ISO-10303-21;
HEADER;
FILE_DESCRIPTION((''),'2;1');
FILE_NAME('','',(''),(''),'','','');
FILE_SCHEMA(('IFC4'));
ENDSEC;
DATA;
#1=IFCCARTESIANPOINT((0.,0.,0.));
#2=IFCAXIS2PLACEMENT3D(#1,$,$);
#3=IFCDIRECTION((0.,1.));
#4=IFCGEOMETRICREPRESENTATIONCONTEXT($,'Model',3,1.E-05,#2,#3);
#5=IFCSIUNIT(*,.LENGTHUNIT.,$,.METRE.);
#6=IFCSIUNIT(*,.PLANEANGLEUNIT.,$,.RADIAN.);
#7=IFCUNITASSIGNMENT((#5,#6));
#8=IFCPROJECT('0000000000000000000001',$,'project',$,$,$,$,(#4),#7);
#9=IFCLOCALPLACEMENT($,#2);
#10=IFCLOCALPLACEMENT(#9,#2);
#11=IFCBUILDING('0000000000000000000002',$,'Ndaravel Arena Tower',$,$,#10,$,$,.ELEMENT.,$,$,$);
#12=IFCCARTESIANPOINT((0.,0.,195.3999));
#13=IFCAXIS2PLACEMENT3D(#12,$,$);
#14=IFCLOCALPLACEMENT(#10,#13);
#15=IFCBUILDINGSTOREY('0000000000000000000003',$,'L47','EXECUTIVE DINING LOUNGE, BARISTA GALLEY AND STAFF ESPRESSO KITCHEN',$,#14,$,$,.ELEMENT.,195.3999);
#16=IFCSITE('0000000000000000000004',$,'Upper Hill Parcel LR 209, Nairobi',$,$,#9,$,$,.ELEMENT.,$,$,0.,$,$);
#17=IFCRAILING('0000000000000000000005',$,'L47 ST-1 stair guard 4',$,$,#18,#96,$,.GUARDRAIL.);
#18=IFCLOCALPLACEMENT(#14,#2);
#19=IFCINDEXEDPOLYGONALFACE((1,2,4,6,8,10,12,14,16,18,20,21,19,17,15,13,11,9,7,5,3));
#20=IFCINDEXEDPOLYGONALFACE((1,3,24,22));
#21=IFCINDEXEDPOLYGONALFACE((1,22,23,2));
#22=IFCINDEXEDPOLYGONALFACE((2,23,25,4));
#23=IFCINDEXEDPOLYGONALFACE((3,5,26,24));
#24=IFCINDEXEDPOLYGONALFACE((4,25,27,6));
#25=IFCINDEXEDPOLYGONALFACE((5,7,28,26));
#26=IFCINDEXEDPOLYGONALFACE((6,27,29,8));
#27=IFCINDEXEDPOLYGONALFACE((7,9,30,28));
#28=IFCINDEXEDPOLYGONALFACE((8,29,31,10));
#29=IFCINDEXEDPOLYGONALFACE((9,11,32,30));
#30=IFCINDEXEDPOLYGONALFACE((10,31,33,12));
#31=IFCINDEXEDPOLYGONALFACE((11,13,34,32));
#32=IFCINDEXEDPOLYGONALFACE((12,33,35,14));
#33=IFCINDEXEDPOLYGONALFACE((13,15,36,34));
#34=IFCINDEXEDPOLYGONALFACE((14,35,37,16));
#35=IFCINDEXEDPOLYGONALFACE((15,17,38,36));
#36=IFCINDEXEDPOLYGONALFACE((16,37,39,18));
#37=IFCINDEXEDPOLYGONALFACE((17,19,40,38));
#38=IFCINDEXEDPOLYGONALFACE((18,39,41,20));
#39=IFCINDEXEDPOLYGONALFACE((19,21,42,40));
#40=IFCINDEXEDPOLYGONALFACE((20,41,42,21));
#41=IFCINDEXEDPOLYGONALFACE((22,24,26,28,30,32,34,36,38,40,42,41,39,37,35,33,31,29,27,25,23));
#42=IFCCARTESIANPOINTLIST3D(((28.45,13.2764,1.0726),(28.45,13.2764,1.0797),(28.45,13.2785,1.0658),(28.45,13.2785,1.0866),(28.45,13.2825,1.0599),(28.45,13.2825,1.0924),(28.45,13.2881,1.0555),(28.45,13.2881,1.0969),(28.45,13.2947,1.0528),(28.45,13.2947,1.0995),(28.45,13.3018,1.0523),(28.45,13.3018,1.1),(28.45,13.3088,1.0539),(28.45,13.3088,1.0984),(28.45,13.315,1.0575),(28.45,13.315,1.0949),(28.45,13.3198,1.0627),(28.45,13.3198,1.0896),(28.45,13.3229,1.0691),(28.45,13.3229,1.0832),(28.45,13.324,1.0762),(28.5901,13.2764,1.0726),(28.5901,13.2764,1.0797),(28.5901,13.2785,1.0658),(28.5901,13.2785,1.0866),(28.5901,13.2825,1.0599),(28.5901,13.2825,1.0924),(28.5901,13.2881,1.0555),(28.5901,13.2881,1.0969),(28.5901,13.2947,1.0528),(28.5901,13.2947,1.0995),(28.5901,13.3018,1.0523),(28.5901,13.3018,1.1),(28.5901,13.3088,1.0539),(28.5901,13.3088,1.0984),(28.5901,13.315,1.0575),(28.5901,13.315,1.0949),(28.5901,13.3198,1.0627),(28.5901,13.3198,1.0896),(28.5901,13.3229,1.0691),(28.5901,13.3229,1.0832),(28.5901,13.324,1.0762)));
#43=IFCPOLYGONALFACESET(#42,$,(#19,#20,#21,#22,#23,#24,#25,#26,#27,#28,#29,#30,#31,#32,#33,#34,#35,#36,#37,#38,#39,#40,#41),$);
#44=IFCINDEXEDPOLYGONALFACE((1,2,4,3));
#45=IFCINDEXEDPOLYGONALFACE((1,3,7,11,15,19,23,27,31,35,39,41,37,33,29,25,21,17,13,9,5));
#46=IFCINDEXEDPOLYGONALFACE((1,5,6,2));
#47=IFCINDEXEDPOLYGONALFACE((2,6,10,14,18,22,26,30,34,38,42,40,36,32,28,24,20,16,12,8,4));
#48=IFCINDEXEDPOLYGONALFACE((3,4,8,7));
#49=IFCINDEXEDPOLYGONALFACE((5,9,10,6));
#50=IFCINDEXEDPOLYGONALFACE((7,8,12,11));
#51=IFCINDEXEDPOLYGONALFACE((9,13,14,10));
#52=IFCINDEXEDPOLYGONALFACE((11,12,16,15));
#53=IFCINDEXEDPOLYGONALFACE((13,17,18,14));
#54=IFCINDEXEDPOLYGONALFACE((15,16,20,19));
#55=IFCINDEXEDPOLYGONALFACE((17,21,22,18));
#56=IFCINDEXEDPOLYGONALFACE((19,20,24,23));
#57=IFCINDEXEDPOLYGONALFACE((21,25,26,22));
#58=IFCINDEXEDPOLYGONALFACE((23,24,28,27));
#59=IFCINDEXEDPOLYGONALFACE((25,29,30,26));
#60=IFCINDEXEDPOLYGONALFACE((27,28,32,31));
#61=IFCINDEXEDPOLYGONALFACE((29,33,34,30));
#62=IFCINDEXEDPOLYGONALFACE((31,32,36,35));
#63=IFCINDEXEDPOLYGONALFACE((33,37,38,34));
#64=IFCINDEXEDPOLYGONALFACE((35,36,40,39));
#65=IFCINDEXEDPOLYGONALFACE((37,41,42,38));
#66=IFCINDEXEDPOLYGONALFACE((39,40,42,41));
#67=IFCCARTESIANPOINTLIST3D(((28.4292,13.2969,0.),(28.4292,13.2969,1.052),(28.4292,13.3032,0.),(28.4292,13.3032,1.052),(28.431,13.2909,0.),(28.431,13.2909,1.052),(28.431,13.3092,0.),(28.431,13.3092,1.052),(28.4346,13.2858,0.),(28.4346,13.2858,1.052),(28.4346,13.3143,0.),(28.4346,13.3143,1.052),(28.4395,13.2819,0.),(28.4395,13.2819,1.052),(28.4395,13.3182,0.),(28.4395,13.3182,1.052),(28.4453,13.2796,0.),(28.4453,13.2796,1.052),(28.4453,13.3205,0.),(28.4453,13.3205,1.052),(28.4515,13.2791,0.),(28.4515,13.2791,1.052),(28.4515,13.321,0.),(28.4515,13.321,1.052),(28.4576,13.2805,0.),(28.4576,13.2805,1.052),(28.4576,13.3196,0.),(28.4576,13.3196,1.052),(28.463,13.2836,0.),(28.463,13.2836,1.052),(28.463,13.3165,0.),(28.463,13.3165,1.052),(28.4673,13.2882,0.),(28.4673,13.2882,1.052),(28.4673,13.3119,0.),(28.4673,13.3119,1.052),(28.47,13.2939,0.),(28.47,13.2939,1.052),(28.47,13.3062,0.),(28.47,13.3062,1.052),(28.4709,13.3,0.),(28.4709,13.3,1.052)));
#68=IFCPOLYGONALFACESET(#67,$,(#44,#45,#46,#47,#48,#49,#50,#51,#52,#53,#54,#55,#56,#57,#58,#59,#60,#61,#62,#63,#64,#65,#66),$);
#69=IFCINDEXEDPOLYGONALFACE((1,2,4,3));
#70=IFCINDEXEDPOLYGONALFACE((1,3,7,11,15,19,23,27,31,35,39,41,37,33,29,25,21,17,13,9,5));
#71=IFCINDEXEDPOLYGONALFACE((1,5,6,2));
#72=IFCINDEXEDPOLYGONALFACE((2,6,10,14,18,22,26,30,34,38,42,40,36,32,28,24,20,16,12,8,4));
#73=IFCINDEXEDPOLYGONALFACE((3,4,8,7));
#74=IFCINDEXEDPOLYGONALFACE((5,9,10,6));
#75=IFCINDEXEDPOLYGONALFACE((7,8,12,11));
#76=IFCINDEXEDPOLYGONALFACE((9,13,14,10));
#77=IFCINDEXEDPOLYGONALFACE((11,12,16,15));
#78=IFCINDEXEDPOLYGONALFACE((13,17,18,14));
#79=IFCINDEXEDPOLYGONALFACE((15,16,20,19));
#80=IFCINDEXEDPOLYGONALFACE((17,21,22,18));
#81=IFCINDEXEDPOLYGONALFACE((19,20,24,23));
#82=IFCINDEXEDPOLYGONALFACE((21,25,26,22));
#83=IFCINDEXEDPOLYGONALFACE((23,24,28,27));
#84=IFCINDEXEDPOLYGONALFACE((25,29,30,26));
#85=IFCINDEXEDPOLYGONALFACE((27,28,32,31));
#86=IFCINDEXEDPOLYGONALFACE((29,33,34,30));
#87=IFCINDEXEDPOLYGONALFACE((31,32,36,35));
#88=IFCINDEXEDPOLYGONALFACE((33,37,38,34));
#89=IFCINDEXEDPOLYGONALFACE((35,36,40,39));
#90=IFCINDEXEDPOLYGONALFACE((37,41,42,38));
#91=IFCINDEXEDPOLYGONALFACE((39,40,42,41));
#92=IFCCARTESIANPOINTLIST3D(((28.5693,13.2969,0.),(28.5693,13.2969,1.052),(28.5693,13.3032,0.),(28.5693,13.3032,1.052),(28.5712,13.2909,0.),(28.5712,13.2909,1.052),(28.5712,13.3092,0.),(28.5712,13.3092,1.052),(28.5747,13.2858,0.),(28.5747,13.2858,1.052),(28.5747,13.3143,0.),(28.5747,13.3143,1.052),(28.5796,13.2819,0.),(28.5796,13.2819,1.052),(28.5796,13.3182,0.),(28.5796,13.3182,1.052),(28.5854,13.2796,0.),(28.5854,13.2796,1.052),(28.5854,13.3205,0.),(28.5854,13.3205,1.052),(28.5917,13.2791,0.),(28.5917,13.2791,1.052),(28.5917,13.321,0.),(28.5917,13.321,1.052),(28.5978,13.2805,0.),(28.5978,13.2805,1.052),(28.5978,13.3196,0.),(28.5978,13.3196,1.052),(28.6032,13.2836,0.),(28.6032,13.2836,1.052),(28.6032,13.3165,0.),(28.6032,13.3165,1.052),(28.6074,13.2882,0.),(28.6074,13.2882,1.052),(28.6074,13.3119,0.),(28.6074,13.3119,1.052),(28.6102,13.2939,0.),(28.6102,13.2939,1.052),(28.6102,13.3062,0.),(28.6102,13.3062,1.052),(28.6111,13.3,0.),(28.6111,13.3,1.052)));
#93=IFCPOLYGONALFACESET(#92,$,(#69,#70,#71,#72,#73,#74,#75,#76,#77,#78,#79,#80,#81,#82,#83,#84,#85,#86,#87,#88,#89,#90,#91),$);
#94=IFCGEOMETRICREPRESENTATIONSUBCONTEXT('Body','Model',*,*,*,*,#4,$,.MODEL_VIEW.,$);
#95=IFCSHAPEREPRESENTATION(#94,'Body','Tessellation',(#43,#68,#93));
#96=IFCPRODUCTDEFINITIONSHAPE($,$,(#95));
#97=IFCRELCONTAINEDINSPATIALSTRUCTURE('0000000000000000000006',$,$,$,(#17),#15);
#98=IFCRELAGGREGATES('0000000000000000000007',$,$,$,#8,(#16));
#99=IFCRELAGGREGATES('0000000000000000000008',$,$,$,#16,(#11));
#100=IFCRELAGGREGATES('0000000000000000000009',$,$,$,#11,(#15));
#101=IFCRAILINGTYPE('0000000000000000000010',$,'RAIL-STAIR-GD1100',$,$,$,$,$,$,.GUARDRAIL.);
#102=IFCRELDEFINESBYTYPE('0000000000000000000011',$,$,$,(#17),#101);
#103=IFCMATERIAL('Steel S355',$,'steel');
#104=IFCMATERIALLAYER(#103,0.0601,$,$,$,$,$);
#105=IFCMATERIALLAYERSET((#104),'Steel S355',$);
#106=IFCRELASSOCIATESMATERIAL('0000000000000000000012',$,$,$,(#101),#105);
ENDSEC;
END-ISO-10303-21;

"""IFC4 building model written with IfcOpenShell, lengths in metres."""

from ifc_helpers import new_model, si_unit, direction, frame, origin, origin_2d, place, context, subcontext, project, spatial, circle, extrude, material, layer, layer_set, type_object, element, save


model = new_model("IFC4")

# Units and contexts
model_context = context("Model", 3, precision=1e-05, world=origin(), true_north=direction((0.0, 1.0)))
body_context = subcontext(model_context, "Body", "Model", "MODEL_VIEW")
ifc_project = project(units=[si_unit("LENGTHUNIT", "METRE"), si_unit("PLANEANGLEUNIT", "RADIAN")], contexts=[model_context])

# Site, building, storey
site_placement = place(None, origin())
site = spatial("IfcSite", under=ifc_project, at=site_placement, Name="Upper Hill Parcel LR 209, Nairobi", CompositionType="ELEMENT", RefElevation=0.0)
building_placement = place(site_placement, origin())
building = spatial("IfcBuilding", under=site, at=building_placement, Name="Ndaravel Arena Tower", CompositionType="ELEMENT")
storey_placement = place(building_placement, frame((0.0, 0.0, 195.3999)))
storey = spatial("IfcBuildingStorey", under=building, at=storey_placement, Name="L47", Description="EXECUTIVE DINING LOUNGE, BARISTA GALLEY AND STAFF ESPRESSO KITCHEN", CompositionType="ELEMENT", Elevation=195.3999)

# Railing
ifc_material_1 = material(Name="Steel S355", Category="steel")
ifc_layer_1 = layer(ifc_material_1, 0.0601)
ifc_layer_set_1 = layer_set([ifc_layer_1], Name="Steel S355")
railing_type_1 = type_object("IfcRailingType", Name="RAIL-STAIR-GD1100", PredefinedType="GUARDRAIL", material=ifc_layer_set_1)
railing_1_placement = place(storey_placement, frame((28.45, 13.3, 0.0)))
element("IfcRailing", 1, at=railing_1_placement, inside=storey, type_object=railing_type_1, Name="L47 ST-1 stair guard 4", PredefinedType="GUARDRAIL", context=body_context, shape_type="SweptSolid", body=[
    extrude(circle(Radius=0.0239, at=origin_2d()), frame((0.0, 0.0, 1.0762), z_axis=(1.0, 0.0, 0.0), x_axis=(0.0, 1.0, 0.0)), (0.0, 0.0, 1.0), 0.1401),
    extrude(circle(Radius=0.021, at=origin_2d()), origin(), (0.0, 0.0, 1.0), 1.052),
    extrude(circle(Radius=0.021, at=origin_2d()), frame((0.1401, 0.0, 0.0)), (0.0, 0.0, 1.0), 1.052),
])

save(model, "model.ifc")
